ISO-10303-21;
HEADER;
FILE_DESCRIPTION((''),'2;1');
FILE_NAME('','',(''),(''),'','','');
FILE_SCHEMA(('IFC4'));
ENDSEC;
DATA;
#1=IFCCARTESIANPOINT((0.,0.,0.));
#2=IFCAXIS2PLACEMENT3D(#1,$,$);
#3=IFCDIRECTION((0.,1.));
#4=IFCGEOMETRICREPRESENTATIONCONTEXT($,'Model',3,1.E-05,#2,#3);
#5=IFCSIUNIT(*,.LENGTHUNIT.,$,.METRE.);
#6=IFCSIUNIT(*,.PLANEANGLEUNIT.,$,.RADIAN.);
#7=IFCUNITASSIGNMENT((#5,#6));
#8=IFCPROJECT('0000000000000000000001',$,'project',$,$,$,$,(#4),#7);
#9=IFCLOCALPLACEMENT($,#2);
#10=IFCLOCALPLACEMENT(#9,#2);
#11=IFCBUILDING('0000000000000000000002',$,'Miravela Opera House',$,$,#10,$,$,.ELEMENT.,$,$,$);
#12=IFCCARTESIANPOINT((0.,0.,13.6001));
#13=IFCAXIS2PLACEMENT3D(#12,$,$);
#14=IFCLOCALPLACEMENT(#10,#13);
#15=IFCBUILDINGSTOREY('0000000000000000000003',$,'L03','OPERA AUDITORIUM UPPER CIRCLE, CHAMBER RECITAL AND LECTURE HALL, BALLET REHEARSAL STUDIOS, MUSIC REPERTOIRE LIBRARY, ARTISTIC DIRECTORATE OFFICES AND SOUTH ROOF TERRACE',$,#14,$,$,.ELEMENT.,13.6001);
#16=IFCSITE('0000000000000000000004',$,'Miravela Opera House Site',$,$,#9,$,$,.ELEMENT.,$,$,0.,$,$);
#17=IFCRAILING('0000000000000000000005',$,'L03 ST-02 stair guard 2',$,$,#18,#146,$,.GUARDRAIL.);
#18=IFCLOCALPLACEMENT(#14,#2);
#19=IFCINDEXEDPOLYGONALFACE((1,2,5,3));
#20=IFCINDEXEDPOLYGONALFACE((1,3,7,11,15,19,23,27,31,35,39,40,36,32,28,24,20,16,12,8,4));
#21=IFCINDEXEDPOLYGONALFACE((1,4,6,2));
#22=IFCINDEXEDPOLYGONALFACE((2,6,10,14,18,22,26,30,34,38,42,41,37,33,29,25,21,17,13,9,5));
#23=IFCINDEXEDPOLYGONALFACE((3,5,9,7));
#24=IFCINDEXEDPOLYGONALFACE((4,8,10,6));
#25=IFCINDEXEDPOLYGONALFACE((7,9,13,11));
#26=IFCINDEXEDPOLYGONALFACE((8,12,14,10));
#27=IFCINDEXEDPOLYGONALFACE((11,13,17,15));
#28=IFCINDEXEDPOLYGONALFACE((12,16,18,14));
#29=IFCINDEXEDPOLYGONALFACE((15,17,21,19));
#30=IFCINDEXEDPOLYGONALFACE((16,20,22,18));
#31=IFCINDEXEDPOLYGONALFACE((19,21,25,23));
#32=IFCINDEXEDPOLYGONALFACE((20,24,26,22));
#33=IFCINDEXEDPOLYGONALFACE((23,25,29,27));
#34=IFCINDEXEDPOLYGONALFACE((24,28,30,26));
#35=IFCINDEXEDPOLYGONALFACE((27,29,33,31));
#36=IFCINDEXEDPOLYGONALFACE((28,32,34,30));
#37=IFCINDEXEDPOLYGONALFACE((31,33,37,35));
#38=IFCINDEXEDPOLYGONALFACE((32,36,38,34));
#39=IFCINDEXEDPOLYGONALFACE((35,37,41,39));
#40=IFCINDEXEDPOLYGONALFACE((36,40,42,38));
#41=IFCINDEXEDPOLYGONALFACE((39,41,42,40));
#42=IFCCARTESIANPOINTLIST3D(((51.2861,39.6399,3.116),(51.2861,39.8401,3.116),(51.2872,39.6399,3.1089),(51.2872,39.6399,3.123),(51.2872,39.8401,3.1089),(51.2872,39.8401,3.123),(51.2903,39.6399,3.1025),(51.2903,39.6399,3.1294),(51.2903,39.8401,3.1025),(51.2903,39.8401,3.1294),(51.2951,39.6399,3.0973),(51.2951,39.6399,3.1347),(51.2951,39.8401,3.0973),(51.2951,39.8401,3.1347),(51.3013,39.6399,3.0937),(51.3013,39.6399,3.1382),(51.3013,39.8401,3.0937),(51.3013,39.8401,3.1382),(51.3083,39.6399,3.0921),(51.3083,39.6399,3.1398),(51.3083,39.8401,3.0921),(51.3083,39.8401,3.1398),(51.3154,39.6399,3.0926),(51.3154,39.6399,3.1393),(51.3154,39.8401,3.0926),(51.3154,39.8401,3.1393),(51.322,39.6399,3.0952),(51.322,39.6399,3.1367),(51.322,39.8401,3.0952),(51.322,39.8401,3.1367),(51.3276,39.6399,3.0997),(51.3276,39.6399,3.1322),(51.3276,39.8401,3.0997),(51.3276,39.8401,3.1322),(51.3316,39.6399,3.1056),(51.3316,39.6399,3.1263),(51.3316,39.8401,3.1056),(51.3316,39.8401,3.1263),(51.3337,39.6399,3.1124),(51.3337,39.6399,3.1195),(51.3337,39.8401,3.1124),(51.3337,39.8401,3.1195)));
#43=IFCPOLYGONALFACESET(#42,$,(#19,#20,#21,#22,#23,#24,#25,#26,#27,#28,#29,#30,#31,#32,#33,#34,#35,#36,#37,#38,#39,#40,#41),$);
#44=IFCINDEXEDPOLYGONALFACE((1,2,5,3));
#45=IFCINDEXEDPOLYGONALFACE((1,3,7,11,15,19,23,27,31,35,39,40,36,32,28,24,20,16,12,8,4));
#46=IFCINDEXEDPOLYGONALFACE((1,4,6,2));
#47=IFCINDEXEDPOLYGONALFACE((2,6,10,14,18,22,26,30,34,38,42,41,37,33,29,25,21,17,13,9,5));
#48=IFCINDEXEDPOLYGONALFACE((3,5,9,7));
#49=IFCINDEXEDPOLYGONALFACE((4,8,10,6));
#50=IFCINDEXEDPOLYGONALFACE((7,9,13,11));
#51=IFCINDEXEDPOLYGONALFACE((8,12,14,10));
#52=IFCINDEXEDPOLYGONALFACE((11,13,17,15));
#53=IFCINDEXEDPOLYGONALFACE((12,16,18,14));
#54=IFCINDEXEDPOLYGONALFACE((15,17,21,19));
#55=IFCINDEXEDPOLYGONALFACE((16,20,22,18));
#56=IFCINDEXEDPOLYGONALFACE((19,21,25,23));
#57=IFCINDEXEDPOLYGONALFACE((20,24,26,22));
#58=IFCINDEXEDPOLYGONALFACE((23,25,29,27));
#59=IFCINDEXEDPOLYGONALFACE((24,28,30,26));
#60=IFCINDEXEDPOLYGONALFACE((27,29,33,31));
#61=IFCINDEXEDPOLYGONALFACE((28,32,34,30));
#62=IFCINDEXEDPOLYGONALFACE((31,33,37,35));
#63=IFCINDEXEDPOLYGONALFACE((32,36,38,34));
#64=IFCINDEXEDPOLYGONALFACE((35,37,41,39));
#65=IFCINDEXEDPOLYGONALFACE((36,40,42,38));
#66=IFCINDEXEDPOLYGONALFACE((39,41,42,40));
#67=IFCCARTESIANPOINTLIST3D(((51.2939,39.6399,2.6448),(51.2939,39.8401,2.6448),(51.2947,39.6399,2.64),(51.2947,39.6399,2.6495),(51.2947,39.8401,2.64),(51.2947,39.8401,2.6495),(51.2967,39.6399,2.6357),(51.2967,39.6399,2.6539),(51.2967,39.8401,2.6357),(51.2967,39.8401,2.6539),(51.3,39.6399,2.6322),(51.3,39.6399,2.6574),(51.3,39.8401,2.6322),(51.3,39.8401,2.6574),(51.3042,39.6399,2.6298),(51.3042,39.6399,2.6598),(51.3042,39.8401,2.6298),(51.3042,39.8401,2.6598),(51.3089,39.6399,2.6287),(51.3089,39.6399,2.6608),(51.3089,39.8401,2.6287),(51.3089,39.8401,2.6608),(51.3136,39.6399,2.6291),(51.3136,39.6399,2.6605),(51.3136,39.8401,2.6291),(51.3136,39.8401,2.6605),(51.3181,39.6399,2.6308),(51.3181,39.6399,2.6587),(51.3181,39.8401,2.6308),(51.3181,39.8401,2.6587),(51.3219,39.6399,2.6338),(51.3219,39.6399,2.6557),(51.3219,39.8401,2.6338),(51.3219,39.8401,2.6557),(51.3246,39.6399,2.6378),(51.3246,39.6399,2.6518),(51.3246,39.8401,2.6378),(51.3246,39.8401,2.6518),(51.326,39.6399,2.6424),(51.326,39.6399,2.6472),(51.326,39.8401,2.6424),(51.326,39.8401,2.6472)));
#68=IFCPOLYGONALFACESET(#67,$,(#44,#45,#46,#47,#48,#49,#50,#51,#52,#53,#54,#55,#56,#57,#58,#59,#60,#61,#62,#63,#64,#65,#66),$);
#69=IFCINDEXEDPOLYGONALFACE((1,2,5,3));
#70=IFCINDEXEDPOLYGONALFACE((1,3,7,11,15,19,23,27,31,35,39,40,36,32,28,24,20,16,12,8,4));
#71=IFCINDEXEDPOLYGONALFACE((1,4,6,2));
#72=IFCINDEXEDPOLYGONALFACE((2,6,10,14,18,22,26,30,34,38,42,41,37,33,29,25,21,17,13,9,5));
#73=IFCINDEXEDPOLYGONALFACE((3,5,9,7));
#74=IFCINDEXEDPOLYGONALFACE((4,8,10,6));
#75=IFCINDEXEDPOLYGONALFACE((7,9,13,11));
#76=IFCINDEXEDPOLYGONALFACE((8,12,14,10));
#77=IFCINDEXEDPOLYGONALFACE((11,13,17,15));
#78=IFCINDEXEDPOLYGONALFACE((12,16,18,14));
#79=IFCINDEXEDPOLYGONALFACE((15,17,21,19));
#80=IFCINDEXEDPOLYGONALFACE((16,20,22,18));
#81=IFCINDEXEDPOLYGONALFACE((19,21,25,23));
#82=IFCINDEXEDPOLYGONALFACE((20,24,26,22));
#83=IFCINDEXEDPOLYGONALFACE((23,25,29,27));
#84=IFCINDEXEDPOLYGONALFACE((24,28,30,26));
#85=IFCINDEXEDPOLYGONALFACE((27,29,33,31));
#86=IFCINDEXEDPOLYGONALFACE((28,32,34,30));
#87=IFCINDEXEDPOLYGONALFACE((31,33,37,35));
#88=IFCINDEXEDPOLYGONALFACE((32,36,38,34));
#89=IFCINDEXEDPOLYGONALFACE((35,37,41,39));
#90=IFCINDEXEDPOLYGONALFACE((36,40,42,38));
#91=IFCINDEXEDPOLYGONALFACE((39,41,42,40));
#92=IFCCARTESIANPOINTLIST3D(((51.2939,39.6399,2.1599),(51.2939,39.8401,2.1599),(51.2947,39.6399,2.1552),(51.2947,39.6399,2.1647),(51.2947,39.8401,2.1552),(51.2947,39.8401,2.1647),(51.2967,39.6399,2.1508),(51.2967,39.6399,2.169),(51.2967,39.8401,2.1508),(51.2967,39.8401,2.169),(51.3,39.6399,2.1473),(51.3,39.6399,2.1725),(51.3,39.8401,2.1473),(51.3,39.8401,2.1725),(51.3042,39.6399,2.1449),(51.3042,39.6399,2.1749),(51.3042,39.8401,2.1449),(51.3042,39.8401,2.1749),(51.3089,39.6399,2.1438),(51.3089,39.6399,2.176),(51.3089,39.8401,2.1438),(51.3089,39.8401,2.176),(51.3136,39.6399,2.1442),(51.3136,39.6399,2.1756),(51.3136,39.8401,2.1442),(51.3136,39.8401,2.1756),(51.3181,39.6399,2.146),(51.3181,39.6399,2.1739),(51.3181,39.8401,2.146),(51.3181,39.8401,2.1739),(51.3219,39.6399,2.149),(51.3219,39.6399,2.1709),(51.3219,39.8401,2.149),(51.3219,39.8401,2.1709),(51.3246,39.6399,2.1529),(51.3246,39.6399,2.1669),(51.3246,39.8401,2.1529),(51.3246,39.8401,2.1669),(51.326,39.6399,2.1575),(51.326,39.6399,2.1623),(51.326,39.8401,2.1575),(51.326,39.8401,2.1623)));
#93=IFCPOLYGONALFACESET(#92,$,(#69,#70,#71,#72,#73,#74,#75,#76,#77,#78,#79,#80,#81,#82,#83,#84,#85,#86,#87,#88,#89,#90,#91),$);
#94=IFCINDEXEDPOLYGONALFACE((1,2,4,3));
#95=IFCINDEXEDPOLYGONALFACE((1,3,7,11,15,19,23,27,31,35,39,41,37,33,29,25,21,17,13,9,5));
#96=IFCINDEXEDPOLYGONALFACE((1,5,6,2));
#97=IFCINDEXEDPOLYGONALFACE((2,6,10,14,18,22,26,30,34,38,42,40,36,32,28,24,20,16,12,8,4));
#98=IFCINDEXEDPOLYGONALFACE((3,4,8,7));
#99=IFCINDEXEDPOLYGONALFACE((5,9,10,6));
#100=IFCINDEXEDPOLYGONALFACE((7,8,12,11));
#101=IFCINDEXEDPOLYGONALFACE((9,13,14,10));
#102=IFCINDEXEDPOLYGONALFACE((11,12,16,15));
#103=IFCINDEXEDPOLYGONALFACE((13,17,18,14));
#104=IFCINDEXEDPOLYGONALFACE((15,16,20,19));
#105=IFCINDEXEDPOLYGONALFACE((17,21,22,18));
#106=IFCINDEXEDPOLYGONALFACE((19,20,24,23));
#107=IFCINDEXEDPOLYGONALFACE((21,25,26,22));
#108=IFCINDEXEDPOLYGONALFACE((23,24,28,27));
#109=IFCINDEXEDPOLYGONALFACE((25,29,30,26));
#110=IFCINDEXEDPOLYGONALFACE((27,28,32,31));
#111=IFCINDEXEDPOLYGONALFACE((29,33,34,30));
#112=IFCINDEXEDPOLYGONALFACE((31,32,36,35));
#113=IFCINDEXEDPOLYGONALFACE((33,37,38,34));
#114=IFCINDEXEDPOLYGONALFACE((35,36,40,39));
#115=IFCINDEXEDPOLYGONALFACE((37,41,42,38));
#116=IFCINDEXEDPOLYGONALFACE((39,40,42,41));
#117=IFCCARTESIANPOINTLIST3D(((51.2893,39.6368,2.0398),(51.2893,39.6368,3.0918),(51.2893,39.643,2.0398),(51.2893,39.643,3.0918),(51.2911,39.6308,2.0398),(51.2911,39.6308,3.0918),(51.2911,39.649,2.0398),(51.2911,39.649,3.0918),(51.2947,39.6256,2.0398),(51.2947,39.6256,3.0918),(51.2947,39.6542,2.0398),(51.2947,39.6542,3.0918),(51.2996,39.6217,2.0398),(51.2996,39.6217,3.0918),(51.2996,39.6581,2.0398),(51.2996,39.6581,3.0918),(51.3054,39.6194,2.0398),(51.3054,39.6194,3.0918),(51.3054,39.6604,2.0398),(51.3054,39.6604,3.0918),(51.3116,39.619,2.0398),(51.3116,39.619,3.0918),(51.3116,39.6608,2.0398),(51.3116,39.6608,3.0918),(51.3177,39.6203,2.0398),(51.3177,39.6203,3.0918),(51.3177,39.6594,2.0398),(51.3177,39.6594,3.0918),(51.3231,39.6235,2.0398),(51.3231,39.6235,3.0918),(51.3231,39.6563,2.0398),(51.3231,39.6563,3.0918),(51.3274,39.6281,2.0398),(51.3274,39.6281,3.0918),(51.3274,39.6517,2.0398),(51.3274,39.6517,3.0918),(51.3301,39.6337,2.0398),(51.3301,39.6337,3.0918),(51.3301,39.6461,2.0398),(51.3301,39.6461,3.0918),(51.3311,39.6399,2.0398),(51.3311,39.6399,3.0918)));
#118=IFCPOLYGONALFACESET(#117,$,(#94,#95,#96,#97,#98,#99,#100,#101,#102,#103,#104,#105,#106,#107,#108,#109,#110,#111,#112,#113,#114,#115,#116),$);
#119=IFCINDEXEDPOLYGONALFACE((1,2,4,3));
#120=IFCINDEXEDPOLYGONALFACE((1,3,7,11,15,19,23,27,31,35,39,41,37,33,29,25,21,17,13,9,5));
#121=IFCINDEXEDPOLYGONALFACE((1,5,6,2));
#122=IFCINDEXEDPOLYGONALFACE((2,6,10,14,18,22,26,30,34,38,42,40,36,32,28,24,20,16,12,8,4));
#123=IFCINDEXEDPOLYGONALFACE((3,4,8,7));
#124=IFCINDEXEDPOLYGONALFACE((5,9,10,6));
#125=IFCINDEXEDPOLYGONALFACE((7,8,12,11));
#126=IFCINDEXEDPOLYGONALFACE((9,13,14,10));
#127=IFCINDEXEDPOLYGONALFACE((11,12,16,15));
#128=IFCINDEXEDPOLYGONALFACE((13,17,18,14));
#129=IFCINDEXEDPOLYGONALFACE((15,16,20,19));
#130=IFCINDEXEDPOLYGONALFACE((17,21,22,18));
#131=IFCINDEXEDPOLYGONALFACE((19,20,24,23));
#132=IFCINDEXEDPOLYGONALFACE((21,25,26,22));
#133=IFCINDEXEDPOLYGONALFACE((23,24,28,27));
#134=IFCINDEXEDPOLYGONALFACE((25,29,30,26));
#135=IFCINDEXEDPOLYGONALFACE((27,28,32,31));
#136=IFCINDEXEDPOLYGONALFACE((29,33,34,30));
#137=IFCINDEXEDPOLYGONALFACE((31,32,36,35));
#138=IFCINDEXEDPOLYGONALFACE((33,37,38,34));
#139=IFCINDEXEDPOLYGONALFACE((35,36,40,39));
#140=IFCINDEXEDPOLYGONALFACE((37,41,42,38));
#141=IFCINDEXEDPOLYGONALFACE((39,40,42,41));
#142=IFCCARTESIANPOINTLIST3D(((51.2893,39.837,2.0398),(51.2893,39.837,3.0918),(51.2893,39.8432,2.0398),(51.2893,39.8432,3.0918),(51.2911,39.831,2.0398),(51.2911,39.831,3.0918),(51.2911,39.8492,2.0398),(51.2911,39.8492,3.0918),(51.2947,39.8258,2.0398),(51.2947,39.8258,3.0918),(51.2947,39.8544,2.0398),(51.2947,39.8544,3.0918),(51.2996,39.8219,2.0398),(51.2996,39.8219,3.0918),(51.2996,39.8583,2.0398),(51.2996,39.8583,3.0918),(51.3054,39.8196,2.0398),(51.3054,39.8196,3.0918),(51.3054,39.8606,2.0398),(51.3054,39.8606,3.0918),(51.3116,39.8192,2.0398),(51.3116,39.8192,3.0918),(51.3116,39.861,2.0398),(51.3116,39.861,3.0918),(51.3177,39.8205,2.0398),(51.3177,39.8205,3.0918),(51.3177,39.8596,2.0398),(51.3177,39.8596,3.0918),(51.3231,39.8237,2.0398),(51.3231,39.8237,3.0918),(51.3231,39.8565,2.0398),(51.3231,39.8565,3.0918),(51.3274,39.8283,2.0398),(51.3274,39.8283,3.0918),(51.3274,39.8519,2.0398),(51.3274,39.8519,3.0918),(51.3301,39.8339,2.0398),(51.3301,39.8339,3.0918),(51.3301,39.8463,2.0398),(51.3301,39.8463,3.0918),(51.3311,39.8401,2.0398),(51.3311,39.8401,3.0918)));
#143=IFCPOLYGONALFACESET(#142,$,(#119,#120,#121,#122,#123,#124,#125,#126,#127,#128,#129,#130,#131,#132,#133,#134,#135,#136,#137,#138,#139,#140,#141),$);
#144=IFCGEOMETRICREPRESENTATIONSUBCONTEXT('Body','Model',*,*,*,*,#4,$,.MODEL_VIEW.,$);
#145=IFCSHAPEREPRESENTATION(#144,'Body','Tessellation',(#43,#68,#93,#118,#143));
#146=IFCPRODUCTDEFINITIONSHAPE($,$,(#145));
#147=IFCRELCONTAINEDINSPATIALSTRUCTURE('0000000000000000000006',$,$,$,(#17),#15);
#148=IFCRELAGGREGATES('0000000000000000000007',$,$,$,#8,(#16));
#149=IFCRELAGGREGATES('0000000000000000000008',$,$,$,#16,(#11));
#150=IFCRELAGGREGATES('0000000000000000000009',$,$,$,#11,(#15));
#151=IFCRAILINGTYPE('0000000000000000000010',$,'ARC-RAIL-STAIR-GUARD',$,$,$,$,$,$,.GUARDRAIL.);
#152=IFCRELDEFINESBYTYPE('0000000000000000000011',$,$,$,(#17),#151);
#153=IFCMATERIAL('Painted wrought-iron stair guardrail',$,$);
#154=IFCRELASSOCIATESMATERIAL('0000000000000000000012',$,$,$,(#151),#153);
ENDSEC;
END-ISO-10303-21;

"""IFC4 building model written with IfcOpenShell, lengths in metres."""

from ifc_helpers import new_model, si_unit, direction, frame, origin, origin_2d, place, context, subcontext, project, spatial, circle, extrude, material, type_object, element, save


model = new_model("IFC4")

# Units and contexts
model_context = context("Model", 3, precision=1e-05, world=origin(), true_north=direction((0.0, 1.0)))
body_context = subcontext(model_context, "Body", "Model", "MODEL_VIEW")
ifc_project = project(units=[si_unit("LENGTHUNIT", "METRE"), si_unit("PLANEANGLEUNIT", "RADIAN")], contexts=[model_context])

# Site, building, storey
site_placement = place(None, origin())
site = spatial("IfcSite", under=ifc_project, at=site_placement, Name="Miravela Opera House Site", CompositionType="ELEMENT", RefElevation=0.0)
building_placement = place(site_placement, origin())
building = spatial("IfcBuilding", under=site, at=building_placement, Name="Miravela Opera House", CompositionType="ELEMENT")
storey_placement = place(building_placement, frame((0.0, 0.0, 13.6001)))
storey = spatial("IfcBuildingStorey", under=building, at=storey_placement, Name="L03", Description="OPERA AUDITORIUM UPPER CIRCLE, CHAMBER RECITAL AND LECTURE HALL, BALLET REHEARSAL STUDIOS, MUSIC REPERTOIRE LIBRARY, ARTISTIC DIRECTORATE OFFICES AND SOUTH ROOF TERRACE", CompositionType="ELEMENT", Elevation=13.6001)

# Railing
ifc_material_1 = material(Name="Painted wrought-iron stair guardrail")
railing_type_1 = type_object("IfcRailingType", Name="ARC-RAIL-STAIR-GUARD", PredefinedType="GUARDRAIL", material=ifc_material_1)
railing_1_placement = place(storey_placement, frame((51.3101, 39.6399, 2.0398)))
element("IfcRailing", 1, at=railing_1_placement, inside=storey, type_object=railing_type_1, Name="L03 ST-02 stair guard 2", PredefinedType="GUARDRAIL", context=body_context, shape_type="SweptSolid", body=[
    extrude(circle(Radius=0.0239, at=origin_2d()), frame((0.0, 0.0, 1.0762), z_axis=(0.0, 1.0, 0.0), x_axis=(-1.0, 0.0, 0.0)), (0.0, 0.0, 1.0), 0.2002),
    extrude(circle(Radius=0.0161, at=origin_2d()), frame((0.0, 0.0, 0.605), z_axis=(0.0, 1.0, 0.0), x_axis=(-1.0, 0.0, 0.0)), (0.0, 0.0, 1.0), 0.2002),
    extrude(circle(Radius=0.0161, at=origin_2d()), frame((0.0, 0.0, 0.1201), z_axis=(0.0, 1.0, 0.0), x_axis=(-1.0, 0.0, 0.0)), (0.0, 0.0, 1.0), 0.2002),
    extrude(circle(Radius=0.021, at=origin_2d()), origin(), (0.0, 0.0, 1.0), 1.052),
    extrude(circle(Radius=0.021, at=origin_2d()), frame((0.0, 0.2002, 0.0)), (0.0, 0.0, 1.0), 1.052),
])

save(model, "model.ifc")
